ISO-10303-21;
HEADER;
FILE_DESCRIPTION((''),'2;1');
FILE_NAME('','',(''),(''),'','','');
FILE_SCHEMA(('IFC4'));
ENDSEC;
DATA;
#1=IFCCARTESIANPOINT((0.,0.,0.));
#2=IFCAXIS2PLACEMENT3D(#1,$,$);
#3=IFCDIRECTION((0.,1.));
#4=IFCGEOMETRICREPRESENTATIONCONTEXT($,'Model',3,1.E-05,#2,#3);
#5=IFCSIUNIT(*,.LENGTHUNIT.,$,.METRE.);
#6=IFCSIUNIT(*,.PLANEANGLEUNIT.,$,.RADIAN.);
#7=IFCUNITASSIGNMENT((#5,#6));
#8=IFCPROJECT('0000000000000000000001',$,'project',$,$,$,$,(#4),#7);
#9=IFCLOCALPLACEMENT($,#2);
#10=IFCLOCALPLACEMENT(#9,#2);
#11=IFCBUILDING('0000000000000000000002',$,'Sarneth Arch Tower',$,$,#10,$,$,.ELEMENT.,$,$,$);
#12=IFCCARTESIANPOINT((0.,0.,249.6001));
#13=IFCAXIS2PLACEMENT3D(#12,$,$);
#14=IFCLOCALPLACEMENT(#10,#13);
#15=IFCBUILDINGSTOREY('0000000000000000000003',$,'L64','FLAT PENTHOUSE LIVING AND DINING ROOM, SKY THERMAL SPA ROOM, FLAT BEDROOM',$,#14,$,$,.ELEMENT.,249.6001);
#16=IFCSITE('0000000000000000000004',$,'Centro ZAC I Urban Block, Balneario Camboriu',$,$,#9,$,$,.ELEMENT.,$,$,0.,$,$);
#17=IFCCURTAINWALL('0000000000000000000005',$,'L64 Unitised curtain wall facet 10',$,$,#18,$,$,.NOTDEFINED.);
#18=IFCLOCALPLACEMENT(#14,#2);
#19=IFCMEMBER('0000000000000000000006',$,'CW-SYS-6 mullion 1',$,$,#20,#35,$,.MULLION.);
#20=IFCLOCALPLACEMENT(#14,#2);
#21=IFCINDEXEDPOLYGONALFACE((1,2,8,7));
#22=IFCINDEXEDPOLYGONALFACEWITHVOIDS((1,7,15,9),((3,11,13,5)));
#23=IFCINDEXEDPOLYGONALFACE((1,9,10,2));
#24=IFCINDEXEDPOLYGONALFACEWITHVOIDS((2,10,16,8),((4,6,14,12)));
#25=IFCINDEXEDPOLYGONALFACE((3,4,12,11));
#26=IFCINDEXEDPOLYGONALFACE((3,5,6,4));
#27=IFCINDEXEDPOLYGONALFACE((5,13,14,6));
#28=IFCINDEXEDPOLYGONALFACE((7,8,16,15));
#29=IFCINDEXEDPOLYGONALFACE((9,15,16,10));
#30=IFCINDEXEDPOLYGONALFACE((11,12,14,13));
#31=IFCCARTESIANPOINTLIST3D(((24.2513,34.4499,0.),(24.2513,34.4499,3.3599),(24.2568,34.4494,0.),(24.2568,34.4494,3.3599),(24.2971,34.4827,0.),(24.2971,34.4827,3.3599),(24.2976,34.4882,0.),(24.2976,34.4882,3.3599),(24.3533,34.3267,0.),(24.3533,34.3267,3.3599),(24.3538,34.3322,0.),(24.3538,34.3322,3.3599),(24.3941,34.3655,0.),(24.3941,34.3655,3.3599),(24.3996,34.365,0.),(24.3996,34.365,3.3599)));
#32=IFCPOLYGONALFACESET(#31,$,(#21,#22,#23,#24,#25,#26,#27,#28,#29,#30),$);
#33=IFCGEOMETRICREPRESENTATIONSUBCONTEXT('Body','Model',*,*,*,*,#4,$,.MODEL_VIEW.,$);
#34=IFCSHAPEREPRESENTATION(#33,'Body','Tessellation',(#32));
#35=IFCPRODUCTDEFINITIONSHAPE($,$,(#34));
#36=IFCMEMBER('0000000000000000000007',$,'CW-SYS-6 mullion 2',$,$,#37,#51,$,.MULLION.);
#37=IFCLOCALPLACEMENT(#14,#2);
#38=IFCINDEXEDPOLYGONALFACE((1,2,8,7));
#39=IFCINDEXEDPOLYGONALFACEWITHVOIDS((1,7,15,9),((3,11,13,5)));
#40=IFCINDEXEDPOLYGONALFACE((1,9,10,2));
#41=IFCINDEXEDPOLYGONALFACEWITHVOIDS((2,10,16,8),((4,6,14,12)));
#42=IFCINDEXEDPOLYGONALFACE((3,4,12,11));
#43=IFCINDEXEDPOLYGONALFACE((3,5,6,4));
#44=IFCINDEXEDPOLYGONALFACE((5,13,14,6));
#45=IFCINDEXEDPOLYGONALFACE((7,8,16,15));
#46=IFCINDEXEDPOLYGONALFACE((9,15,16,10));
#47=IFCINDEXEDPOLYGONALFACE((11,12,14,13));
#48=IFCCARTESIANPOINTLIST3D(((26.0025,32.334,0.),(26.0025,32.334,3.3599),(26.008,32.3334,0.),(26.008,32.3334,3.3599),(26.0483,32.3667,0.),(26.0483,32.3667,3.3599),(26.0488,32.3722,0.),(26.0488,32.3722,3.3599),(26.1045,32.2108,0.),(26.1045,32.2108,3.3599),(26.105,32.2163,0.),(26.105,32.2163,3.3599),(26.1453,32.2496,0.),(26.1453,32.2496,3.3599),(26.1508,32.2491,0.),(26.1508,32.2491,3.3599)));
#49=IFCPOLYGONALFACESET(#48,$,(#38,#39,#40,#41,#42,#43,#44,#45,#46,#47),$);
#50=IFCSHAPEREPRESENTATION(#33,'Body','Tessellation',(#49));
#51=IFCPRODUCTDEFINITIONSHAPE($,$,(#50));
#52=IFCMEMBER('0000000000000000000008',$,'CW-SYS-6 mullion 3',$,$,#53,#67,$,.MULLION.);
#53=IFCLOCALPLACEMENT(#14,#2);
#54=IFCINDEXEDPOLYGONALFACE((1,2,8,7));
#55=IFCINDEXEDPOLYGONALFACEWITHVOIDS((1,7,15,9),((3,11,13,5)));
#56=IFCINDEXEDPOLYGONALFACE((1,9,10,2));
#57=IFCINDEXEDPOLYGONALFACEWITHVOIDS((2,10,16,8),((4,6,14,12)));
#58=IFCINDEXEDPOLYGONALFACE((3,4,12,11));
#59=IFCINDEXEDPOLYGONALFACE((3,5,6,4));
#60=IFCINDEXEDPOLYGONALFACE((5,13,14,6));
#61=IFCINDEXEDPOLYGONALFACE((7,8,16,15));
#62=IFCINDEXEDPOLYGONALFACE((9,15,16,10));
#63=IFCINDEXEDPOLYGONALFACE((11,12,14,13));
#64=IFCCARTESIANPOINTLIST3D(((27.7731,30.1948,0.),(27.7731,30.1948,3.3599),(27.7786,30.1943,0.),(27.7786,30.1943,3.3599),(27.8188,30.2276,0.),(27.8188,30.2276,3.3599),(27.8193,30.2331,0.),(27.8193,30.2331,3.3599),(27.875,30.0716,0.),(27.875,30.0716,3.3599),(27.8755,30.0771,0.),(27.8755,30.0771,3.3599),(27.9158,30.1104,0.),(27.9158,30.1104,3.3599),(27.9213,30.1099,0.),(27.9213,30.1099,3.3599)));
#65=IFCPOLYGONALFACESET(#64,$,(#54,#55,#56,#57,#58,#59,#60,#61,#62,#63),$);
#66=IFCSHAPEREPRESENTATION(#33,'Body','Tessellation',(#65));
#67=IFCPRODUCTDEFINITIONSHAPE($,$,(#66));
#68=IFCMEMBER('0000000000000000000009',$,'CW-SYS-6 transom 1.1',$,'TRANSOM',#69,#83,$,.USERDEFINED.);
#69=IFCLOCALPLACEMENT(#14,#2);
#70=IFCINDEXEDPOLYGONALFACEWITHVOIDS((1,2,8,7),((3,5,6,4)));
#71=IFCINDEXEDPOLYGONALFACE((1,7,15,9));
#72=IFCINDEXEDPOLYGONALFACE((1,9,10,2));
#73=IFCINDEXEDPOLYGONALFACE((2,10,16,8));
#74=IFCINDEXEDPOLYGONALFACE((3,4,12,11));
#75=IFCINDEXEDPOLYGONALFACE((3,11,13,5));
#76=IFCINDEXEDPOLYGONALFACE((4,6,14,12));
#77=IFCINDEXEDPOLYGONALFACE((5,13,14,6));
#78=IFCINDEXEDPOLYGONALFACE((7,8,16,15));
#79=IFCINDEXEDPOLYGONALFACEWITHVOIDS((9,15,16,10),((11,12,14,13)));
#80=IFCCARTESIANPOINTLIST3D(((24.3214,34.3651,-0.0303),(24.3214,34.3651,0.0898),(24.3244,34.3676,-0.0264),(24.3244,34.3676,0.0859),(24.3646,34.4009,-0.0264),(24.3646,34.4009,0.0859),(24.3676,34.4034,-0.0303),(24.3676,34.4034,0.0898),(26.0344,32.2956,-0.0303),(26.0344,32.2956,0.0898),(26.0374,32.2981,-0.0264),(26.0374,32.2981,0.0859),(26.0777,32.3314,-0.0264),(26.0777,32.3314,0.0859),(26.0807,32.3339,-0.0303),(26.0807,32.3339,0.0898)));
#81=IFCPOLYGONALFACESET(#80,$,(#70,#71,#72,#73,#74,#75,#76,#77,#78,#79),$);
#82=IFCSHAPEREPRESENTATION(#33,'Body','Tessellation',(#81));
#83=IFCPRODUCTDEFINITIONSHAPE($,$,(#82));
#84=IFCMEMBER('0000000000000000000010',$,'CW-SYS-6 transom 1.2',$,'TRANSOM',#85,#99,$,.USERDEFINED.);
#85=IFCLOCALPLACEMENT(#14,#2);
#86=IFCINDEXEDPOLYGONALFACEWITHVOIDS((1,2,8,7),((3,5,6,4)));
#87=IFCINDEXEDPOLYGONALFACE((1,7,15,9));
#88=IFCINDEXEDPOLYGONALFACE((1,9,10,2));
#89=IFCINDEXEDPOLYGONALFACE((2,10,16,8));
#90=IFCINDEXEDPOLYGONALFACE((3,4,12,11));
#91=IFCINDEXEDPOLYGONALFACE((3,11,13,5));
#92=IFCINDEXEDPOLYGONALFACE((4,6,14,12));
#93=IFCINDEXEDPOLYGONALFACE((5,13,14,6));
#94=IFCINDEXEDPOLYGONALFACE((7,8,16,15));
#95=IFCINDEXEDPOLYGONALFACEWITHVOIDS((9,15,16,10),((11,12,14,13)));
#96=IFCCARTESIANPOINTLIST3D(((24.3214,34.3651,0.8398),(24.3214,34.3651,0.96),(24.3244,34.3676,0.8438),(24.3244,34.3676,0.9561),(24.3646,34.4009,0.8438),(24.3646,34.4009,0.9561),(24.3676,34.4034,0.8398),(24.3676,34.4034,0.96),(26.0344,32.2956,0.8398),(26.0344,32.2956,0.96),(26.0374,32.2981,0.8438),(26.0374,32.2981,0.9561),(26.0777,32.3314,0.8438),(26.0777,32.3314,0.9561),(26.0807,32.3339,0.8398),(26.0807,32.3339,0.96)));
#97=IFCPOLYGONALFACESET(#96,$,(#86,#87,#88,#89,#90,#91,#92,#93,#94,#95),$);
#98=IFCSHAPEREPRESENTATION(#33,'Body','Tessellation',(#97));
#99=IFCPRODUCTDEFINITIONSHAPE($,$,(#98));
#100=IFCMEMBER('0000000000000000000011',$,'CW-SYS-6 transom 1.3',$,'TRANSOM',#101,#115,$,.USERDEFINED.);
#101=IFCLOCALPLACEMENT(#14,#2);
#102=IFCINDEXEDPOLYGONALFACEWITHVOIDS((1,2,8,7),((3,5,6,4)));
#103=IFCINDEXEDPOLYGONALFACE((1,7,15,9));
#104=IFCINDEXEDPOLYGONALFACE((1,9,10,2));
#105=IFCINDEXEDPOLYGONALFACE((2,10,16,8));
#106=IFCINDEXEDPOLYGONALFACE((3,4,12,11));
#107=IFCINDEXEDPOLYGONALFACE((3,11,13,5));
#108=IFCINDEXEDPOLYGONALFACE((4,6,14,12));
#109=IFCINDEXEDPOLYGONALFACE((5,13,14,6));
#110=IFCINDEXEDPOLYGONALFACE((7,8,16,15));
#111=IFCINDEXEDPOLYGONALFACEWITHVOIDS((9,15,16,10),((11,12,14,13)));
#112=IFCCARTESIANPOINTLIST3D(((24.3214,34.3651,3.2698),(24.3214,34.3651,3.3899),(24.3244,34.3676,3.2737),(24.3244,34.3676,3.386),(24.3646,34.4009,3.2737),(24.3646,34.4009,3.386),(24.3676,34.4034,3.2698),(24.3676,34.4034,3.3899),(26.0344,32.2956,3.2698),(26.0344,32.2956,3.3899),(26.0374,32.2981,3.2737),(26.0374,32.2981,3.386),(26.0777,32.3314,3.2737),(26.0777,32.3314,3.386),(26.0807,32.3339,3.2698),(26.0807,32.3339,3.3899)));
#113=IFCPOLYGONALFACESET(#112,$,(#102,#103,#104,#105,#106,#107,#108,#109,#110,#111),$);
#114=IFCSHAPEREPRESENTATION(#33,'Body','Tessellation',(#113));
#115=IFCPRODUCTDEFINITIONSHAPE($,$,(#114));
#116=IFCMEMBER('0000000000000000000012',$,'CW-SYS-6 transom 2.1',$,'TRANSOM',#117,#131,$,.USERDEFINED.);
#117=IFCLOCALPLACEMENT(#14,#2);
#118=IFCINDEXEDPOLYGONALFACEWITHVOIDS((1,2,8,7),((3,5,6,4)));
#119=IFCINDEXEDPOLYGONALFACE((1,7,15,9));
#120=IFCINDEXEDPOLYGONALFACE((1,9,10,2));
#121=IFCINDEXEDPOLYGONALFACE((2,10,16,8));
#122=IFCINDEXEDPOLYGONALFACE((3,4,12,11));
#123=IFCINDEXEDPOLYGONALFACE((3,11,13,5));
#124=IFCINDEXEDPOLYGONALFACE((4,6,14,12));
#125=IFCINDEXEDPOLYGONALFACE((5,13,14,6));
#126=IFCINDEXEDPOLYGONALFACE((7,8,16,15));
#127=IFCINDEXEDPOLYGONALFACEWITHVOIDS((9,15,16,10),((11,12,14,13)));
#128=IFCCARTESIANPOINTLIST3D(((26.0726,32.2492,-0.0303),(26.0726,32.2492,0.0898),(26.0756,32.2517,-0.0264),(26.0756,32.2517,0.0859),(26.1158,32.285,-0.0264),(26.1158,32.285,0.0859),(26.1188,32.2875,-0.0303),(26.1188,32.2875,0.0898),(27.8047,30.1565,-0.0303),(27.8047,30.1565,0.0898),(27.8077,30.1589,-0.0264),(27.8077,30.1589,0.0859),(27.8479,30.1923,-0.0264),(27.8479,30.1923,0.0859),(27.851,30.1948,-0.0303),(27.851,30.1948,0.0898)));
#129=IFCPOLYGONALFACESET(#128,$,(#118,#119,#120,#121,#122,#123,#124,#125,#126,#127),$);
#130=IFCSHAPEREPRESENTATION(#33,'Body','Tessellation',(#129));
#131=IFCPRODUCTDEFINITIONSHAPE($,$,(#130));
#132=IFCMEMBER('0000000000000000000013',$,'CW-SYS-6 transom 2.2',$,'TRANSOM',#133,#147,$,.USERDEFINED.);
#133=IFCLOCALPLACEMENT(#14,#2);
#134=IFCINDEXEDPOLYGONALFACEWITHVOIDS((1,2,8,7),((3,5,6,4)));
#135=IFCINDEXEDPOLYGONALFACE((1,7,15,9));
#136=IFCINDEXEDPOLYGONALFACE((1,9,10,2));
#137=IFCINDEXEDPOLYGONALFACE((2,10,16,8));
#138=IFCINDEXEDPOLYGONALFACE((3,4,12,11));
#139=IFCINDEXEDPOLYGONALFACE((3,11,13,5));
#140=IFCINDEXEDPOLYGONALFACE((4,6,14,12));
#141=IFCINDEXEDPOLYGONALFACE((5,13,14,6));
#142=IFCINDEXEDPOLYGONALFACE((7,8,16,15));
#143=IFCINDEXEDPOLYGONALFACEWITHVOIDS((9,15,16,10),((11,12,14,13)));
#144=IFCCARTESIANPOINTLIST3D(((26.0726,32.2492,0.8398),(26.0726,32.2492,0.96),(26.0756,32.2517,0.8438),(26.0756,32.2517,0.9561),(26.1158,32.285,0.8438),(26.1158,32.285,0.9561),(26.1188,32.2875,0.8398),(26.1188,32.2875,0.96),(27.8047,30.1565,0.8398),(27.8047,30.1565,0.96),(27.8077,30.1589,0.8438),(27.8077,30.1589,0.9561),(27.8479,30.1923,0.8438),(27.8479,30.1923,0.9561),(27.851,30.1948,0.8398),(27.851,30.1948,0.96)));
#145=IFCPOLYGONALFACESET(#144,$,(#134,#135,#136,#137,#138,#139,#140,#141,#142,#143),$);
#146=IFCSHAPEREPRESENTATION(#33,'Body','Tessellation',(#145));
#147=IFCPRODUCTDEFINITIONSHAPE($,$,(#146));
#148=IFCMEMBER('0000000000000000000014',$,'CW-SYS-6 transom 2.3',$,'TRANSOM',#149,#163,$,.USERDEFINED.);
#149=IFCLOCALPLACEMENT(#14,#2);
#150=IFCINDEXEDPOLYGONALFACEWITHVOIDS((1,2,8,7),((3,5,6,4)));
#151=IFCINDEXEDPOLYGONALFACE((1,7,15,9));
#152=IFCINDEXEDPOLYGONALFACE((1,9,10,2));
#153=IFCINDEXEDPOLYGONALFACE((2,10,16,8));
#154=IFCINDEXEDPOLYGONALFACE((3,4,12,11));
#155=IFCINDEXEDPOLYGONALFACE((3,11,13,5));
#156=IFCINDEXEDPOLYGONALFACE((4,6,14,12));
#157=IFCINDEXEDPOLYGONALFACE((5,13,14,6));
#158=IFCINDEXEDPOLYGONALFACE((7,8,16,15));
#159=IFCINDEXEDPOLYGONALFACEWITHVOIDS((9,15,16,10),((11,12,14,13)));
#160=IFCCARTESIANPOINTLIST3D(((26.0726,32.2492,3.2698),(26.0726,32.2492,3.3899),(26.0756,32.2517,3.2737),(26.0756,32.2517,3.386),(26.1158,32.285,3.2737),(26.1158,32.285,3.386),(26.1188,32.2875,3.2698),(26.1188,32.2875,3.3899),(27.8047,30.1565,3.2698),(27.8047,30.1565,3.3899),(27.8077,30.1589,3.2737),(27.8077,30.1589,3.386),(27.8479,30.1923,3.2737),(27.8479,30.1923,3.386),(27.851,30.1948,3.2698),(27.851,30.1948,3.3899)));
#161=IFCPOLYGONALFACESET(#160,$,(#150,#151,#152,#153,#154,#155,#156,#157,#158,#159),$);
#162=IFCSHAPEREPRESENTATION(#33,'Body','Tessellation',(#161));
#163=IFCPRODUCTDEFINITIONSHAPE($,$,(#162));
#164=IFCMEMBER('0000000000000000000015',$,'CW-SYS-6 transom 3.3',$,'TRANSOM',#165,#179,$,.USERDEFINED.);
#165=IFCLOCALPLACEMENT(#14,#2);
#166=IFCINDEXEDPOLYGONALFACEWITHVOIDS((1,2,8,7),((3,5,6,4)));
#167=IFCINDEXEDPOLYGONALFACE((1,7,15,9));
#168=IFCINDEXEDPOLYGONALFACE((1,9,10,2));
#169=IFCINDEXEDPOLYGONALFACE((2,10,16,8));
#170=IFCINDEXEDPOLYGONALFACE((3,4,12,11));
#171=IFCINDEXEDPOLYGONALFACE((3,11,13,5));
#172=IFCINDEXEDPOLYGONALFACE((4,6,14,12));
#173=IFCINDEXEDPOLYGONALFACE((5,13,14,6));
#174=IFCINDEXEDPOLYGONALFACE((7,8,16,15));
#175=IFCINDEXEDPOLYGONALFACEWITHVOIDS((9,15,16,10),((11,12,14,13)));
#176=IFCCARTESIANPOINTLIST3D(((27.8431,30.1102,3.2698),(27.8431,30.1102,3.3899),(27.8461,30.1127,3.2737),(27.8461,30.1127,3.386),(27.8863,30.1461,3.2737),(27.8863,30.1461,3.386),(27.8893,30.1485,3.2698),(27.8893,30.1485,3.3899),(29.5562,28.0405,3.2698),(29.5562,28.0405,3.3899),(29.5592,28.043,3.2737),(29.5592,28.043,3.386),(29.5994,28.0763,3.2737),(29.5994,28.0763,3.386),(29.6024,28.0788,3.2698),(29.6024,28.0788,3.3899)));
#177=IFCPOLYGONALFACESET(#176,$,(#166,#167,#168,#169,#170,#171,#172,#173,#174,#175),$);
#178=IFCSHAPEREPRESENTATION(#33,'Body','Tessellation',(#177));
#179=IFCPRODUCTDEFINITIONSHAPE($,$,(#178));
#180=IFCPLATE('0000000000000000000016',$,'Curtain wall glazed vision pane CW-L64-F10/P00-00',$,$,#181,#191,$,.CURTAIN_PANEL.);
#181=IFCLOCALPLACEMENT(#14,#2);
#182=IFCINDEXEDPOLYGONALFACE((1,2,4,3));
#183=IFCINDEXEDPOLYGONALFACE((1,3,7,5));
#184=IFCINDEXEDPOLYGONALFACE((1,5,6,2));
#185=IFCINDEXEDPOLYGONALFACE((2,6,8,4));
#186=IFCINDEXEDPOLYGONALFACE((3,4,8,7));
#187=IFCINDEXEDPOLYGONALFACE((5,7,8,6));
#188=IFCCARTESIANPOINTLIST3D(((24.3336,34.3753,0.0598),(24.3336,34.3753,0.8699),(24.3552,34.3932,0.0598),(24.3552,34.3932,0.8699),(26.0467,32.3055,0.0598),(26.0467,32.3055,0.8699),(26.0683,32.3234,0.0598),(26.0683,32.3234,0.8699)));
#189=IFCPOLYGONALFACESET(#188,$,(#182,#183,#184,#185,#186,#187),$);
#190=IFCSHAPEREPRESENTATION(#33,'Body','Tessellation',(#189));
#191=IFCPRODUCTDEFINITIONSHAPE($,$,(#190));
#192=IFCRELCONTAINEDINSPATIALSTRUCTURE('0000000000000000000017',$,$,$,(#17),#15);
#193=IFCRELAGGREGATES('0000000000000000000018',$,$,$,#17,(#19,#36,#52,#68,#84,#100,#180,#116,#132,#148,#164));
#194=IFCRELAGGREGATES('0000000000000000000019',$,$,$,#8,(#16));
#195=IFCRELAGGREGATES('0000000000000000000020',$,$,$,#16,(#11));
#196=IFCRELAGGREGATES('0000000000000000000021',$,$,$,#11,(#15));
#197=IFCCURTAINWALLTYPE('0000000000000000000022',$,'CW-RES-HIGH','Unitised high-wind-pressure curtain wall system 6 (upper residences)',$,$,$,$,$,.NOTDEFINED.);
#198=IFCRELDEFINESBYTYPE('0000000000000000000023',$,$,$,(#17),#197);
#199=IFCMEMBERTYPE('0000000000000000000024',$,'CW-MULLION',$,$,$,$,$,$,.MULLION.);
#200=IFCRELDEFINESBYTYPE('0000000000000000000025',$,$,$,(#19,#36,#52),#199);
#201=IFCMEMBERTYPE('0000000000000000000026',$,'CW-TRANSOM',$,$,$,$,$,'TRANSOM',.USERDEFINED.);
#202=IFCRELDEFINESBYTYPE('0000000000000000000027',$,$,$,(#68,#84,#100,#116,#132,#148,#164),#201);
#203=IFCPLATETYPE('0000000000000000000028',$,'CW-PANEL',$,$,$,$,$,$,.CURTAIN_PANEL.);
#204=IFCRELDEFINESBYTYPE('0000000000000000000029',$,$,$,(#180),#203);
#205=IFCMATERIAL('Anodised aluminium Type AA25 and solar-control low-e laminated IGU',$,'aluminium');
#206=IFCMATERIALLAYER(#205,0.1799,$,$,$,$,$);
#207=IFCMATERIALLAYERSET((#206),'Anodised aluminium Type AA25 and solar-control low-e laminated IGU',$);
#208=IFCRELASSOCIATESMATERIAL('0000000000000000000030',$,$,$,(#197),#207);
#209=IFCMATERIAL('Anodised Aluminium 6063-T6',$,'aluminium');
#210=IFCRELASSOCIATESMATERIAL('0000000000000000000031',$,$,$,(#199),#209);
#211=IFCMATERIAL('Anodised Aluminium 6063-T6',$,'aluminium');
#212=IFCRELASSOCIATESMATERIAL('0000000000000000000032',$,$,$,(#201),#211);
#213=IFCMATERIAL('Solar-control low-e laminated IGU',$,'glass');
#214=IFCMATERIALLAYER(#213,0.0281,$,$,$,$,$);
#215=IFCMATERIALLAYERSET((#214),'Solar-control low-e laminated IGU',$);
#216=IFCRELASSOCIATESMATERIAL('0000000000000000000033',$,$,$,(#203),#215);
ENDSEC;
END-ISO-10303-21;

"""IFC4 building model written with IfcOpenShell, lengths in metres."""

from ifc_helpers import new_model, si_unit, direction, frame, origin, origin_2d, place, context, subcontext, project, spatial, rectangle, hollow_rectangle, extrude, material, layer, layer_set, material_profile, profile_set, type_object, element, aggregate, save


model = new_model("IFC4")

# Units and contexts
model_context = context("Model", 3, precision=1e-05, world=origin(), true_north=direction((0.0, 1.0)))
body_context = subcontext(model_context, "Body", "Model", "MODEL_VIEW")
ifc_project = project(units=[si_unit("LENGTHUNIT", "METRE"), si_unit("PLANEANGLEUNIT", "RADIAN")], contexts=[model_context])

# Site, building, storey
site_placement = place(None, origin())
site = spatial("IfcSite", under=ifc_project, at=site_placement, Name="Centro ZAC I Urban Block, Balneario Camboriu", CompositionType="ELEMENT", RefElevation=0.0)
building_placement = place(site_placement, origin())
building = spatial("IfcBuilding", under=site, at=building_placement, Name="Sarneth Arch Tower", CompositionType="ELEMENT")
storey_placement = place(building_placement, frame((0.0, 0.0, 249.6001)))
storey = spatial("IfcBuildingStorey", under=building, at=storey_placement, Name="L64", Description="FLAT PENTHOUSE LIVING AND DINING ROOM, SKY THERMAL SPA ROOM, FLAT BEDROOM", CompositionType="ELEMENT", Elevation=249.6001)

# Curtain wall, members, plate
ifc_material_1 = material(Name="Anodised aluminium Type AA25 and solar-control low-e laminated IGU", Category="aluminium")
ifc_layer_1 = layer(ifc_material_1, 0.1799)
ifc_layer_set_1 = layer_set([ifc_layer_1], Name="Anodised aluminium Type AA25 and solar-control low-e laminated IGU")
curtain_wall_type = type_object("IfcCurtainWallType", Name="CW-RES-HIGH", Description="Unitised high-wind-pressure curtain wall system 6 (upper residences)", PredefinedType="NOTDEFINED", material=ifc_layer_set_1)
curtain_wall_placement = place(storey_placement, origin())
curtain_wall = element("IfcCurtainWall", 1, at=curtain_wall_placement, inside=storey, type_object=curtain_wall_type, Name="L64 Unitised curtain wall facet 10", PredefinedType="NOTDEFINED")
ifc_material_2 = material(Name="Anodised Aluminium 6063-T6", Category="aluminium")
ifc_material_profile_1 = material_profile(ifc_material_2, hollow_rectangle(XDim=0.0601, YDim=0.1599, WallThickness=0.0039, at=origin_2d()), Name="AL-MULL-160x60x4")
ifc_profile_set_1 = profile_set([ifc_material_profile_1], Name="Anodised Aluminium 6063-T6")
member_type_1 = type_object("IfcMemberType", Name="CW-MULLION", PredefinedType="MULLION", material=ifc_profile_set_1)
member_1_placement = place(storey_placement, frame((24.3254, 34.4075, 0.0), z_axis=(0.0, 0.0, 1.0), x_axis=(0.770359, 0.63761, 0.0)))
member_1 = element("IfcMember", 2, at=member_1_placement, type_object=member_type_1, Name="CW-SYS-6 mullion 1", PredefinedType="MULLION", context=body_context, shape_type="SweptSolid", body=[
    extrude(hollow_rectangle(XDim=0.0601, YDim=0.1599, WallThickness=0.0039, at=origin_2d()), origin(), (0.0, 0.0, 1.0), 3.3599),
])
member_2_placement = place(storey_placement, frame((26.0767, 32.2915, 0.0), z_axis=(0.0, 0.0, 1.0), x_axis=(0.770359, 0.63761, 0.0)))
member_2 = element("IfcMember", 3, at=member_2_placement, type_object=member_type_1, Name="CW-SYS-6 mullion 2", PredefinedType="MULLION", context=body_context, shape_type="SweptSolid", body=[
    extrude(hollow_rectangle(XDim=0.0601, YDim=0.1599, WallThickness=0.0039, at=origin_2d()), origin(), (0.0, 0.0, 1.0), 3.3599),
])
member_3_placement = place(storey_placement, frame((27.8472, 30.1523, 0.0), z_axis=(0.0, 0.0, 1.0), x_axis=(0.770359, 0.63761, 0.0)))
member_3 = element("IfcMember", 4, at=member_3_placement, type_object=member_type_1, Name="CW-SYS-6 mullion 3", PredefinedType="MULLION", context=body_context, shape_type="SweptSolid", body=[
    extrude(hollow_rectangle(XDim=0.0601, YDim=0.1599, WallThickness=0.0039, at=origin_2d()), origin(), (0.0, 0.0, 1.0), 3.3599),
])
ifc_material_3 = material(Name="Anodised Aluminium 6063-T6", Category="aluminium")
ifc_material_profile_2 = material_profile(ifc_material_3, hollow_rectangle(XDim=0.0601, YDim=0.1201, WallThickness=0.0039, at=origin_2d()), Name="AL-TRAN-120x60x4")
ifc_profile_set_2 = profile_set([ifc_material_profile_2], Name="Anodised Aluminium 6063-T6")
member_type_2 = type_object("IfcMemberType", Name="CW-TRANSOM", ElementType="TRANSOM", PredefinedType="USERDEFINED", material=ifc_profile_set_2)
member_4_placement = place(storey_placement, frame((24.3445, 34.3843, 0.0298), z_axis=(0.637651, -0.770325, 0.0), x_axis=(0.770325, 0.637651, 0.0)))
member_4 = element("IfcMember", 5, at=member_4_placement, type_object=member_type_2, Name="CW-SYS-6 transom 1.1", ObjectType="TRANSOM", PredefinedType="USERDEFINED", context=body_context, shape_type="SweptSolid", body=[
    extrude(hollow_rectangle(XDim=0.0601, YDim=0.1201, WallThickness=0.0039, at=origin_2d()), origin(), (0.0, 0.0, 1.0), 2.6865),
])
member_5_placement = place(storey_placement, frame((24.3445, 34.3843, 0.8999), z_axis=(0.637651, -0.770325, 0.0), x_axis=(0.770325, 0.637651, 0.0)))
member_5 = element("IfcMember", 6, at=member_5_placement, type_object=member_type_2, Name="CW-SYS-6 transom 1.2", ObjectType="TRANSOM", PredefinedType="USERDEFINED", context=body_context, shape_type="SweptSolid", body=[
    extrude(hollow_rectangle(XDim=0.0601, YDim=0.1201, WallThickness=0.0039, at=origin_2d()), origin(), (0.0, 0.0, 1.0), 2.6865),
])
member_6_placement = place(storey_placement, frame((24.3445, 34.3843, 3.3298), z_axis=(0.637651, -0.770325, 0.0), x_axis=(0.770325, 0.637651, 0.0)))
member_6 = element("IfcMember", 7, at=member_6_placement, type_object=member_type_2, Name="CW-SYS-6 transom 1.3", ObjectType="TRANSOM", PredefinedType="USERDEFINED", context=body_context, shape_type="SweptSolid", body=[
    extrude(hollow_rectangle(XDim=0.0601, YDim=0.1201, WallThickness=0.0039, at=origin_2d()), origin(), (0.0, 0.0, 1.0), 2.6865),
])
member_7_placement = place(storey_placement, frame((26.0957, 32.2683, 0.0298), z_axis=(0.637617, -0.770353, 0.0), x_axis=(0.770353, 0.637617, 0.0)))
member_7 = element("IfcMember", 8, at=member_7_placement, type_object=member_type_2, Name="CW-SYS-6 transom 2.1", ObjectType="TRANSOM", PredefinedType="USERDEFINED", context=body_context, shape_type="SweptSolid", body=[
    extrude(hollow_rectangle(XDim=0.0601, YDim=0.1201, WallThickness=0.0039, at=origin_2d()), origin(), (0.0, 0.0, 1.0), 2.7166),
])
member_8_placement = place(storey_placement, frame((26.0957, 32.2683, 0.8999), z_axis=(0.637617, -0.770353, 0.0), x_axis=(0.770353, 0.637617, 0.0)))
member_8 = element("IfcMember", 9, at=member_8_placement, type_object=member_type_2, Name="CW-SYS-6 transom 2.2", ObjectType="TRANSOM", PredefinedType="USERDEFINED", context=body_context, shape_type="SweptSolid", body=[
    extrude(hollow_rectangle(XDim=0.0601, YDim=0.1201, WallThickness=0.0039, at=origin_2d()), origin(), (0.0, 0.0, 1.0), 2.7166),
])
member_9_placement = place(storey_placement, frame((26.0957, 32.2683, 3.3298), z_axis=(0.637617, -0.770353, 0.0), x_axis=(0.770353, 0.637617, 0.0)))
member_9 = element("IfcMember", 10, at=member_9_placement, type_object=member_type_2, Name="CW-SYS-6 transom 2.3", ObjectType="TRANSOM", PredefinedType="USERDEFINED", context=body_context, shape_type="SweptSolid", body=[
    extrude(hollow_rectangle(XDim=0.0601, YDim=0.1201, WallThickness=0.0039, at=origin_2d()), origin(), (0.0, 0.0, 1.0), 2.7166),
])
member_10_placement = place(storey_placement, frame((27.8662, 30.1294, 3.3298), z_axis=(0.637607, -0.770362, 0.0), x_axis=(0.770362, 0.637607, 0.0)))
member_10 = element("IfcMember", 11, at=member_10_placement, type_object=member_type_2, Name="CW-SYS-6 transom 3.3", ObjectType="TRANSOM", PredefinedType="USERDEFINED", context=body_context, shape_type="SweptSolid", body=[
    extrude(hollow_rectangle(XDim=0.0601, YDim=0.1201, WallThickness=0.0039, at=origin_2d()), origin(), (0.0, 0.0, 1.0), 2.6868),
])
ifc_material_4 = material(Name="Solar-control low-e laminated IGU", Category="glass")
ifc_layer_2 = layer(ifc_material_4, 0.0281)
ifc_layer_set_2 = layer_set([ifc_layer_2], Name="Solar-control low-e laminated IGU")
plate_type_1 = type_object("IfcPlateType", Name="CW-PANEL", PredefinedType="CURTAIN_PANEL", material=ifc_layer_set_2)
plate_1_placement = place(storey_placement, frame((25.2009, 33.3494, 0.0598), z_axis=(0.0, 0.0, 1.0), x_axis=(0.63761, -0.770359, 0.0)))
plate_1 = element("IfcPlate", 12, at=plate_1_placement, type_object=plate_type_1, Name="Curtain wall glazed vision pane CW-L64-F10/P00-00", PredefinedType="CURTAIN_PANEL", context=body_context, shape_type="SweptSolid", body=[
    extrude(rectangle(XDim=2.6868, YDim=0.0281, at=origin_2d()), origin(), (0.0, 0.0, 1.0), 0.8101),
])
aggregate(curtain_wall, [member_1, member_2, member_3, member_4, member_5, member_6, plate_1, member_7, member_8, member_9, member_10])

save(model, "model.ifc")
